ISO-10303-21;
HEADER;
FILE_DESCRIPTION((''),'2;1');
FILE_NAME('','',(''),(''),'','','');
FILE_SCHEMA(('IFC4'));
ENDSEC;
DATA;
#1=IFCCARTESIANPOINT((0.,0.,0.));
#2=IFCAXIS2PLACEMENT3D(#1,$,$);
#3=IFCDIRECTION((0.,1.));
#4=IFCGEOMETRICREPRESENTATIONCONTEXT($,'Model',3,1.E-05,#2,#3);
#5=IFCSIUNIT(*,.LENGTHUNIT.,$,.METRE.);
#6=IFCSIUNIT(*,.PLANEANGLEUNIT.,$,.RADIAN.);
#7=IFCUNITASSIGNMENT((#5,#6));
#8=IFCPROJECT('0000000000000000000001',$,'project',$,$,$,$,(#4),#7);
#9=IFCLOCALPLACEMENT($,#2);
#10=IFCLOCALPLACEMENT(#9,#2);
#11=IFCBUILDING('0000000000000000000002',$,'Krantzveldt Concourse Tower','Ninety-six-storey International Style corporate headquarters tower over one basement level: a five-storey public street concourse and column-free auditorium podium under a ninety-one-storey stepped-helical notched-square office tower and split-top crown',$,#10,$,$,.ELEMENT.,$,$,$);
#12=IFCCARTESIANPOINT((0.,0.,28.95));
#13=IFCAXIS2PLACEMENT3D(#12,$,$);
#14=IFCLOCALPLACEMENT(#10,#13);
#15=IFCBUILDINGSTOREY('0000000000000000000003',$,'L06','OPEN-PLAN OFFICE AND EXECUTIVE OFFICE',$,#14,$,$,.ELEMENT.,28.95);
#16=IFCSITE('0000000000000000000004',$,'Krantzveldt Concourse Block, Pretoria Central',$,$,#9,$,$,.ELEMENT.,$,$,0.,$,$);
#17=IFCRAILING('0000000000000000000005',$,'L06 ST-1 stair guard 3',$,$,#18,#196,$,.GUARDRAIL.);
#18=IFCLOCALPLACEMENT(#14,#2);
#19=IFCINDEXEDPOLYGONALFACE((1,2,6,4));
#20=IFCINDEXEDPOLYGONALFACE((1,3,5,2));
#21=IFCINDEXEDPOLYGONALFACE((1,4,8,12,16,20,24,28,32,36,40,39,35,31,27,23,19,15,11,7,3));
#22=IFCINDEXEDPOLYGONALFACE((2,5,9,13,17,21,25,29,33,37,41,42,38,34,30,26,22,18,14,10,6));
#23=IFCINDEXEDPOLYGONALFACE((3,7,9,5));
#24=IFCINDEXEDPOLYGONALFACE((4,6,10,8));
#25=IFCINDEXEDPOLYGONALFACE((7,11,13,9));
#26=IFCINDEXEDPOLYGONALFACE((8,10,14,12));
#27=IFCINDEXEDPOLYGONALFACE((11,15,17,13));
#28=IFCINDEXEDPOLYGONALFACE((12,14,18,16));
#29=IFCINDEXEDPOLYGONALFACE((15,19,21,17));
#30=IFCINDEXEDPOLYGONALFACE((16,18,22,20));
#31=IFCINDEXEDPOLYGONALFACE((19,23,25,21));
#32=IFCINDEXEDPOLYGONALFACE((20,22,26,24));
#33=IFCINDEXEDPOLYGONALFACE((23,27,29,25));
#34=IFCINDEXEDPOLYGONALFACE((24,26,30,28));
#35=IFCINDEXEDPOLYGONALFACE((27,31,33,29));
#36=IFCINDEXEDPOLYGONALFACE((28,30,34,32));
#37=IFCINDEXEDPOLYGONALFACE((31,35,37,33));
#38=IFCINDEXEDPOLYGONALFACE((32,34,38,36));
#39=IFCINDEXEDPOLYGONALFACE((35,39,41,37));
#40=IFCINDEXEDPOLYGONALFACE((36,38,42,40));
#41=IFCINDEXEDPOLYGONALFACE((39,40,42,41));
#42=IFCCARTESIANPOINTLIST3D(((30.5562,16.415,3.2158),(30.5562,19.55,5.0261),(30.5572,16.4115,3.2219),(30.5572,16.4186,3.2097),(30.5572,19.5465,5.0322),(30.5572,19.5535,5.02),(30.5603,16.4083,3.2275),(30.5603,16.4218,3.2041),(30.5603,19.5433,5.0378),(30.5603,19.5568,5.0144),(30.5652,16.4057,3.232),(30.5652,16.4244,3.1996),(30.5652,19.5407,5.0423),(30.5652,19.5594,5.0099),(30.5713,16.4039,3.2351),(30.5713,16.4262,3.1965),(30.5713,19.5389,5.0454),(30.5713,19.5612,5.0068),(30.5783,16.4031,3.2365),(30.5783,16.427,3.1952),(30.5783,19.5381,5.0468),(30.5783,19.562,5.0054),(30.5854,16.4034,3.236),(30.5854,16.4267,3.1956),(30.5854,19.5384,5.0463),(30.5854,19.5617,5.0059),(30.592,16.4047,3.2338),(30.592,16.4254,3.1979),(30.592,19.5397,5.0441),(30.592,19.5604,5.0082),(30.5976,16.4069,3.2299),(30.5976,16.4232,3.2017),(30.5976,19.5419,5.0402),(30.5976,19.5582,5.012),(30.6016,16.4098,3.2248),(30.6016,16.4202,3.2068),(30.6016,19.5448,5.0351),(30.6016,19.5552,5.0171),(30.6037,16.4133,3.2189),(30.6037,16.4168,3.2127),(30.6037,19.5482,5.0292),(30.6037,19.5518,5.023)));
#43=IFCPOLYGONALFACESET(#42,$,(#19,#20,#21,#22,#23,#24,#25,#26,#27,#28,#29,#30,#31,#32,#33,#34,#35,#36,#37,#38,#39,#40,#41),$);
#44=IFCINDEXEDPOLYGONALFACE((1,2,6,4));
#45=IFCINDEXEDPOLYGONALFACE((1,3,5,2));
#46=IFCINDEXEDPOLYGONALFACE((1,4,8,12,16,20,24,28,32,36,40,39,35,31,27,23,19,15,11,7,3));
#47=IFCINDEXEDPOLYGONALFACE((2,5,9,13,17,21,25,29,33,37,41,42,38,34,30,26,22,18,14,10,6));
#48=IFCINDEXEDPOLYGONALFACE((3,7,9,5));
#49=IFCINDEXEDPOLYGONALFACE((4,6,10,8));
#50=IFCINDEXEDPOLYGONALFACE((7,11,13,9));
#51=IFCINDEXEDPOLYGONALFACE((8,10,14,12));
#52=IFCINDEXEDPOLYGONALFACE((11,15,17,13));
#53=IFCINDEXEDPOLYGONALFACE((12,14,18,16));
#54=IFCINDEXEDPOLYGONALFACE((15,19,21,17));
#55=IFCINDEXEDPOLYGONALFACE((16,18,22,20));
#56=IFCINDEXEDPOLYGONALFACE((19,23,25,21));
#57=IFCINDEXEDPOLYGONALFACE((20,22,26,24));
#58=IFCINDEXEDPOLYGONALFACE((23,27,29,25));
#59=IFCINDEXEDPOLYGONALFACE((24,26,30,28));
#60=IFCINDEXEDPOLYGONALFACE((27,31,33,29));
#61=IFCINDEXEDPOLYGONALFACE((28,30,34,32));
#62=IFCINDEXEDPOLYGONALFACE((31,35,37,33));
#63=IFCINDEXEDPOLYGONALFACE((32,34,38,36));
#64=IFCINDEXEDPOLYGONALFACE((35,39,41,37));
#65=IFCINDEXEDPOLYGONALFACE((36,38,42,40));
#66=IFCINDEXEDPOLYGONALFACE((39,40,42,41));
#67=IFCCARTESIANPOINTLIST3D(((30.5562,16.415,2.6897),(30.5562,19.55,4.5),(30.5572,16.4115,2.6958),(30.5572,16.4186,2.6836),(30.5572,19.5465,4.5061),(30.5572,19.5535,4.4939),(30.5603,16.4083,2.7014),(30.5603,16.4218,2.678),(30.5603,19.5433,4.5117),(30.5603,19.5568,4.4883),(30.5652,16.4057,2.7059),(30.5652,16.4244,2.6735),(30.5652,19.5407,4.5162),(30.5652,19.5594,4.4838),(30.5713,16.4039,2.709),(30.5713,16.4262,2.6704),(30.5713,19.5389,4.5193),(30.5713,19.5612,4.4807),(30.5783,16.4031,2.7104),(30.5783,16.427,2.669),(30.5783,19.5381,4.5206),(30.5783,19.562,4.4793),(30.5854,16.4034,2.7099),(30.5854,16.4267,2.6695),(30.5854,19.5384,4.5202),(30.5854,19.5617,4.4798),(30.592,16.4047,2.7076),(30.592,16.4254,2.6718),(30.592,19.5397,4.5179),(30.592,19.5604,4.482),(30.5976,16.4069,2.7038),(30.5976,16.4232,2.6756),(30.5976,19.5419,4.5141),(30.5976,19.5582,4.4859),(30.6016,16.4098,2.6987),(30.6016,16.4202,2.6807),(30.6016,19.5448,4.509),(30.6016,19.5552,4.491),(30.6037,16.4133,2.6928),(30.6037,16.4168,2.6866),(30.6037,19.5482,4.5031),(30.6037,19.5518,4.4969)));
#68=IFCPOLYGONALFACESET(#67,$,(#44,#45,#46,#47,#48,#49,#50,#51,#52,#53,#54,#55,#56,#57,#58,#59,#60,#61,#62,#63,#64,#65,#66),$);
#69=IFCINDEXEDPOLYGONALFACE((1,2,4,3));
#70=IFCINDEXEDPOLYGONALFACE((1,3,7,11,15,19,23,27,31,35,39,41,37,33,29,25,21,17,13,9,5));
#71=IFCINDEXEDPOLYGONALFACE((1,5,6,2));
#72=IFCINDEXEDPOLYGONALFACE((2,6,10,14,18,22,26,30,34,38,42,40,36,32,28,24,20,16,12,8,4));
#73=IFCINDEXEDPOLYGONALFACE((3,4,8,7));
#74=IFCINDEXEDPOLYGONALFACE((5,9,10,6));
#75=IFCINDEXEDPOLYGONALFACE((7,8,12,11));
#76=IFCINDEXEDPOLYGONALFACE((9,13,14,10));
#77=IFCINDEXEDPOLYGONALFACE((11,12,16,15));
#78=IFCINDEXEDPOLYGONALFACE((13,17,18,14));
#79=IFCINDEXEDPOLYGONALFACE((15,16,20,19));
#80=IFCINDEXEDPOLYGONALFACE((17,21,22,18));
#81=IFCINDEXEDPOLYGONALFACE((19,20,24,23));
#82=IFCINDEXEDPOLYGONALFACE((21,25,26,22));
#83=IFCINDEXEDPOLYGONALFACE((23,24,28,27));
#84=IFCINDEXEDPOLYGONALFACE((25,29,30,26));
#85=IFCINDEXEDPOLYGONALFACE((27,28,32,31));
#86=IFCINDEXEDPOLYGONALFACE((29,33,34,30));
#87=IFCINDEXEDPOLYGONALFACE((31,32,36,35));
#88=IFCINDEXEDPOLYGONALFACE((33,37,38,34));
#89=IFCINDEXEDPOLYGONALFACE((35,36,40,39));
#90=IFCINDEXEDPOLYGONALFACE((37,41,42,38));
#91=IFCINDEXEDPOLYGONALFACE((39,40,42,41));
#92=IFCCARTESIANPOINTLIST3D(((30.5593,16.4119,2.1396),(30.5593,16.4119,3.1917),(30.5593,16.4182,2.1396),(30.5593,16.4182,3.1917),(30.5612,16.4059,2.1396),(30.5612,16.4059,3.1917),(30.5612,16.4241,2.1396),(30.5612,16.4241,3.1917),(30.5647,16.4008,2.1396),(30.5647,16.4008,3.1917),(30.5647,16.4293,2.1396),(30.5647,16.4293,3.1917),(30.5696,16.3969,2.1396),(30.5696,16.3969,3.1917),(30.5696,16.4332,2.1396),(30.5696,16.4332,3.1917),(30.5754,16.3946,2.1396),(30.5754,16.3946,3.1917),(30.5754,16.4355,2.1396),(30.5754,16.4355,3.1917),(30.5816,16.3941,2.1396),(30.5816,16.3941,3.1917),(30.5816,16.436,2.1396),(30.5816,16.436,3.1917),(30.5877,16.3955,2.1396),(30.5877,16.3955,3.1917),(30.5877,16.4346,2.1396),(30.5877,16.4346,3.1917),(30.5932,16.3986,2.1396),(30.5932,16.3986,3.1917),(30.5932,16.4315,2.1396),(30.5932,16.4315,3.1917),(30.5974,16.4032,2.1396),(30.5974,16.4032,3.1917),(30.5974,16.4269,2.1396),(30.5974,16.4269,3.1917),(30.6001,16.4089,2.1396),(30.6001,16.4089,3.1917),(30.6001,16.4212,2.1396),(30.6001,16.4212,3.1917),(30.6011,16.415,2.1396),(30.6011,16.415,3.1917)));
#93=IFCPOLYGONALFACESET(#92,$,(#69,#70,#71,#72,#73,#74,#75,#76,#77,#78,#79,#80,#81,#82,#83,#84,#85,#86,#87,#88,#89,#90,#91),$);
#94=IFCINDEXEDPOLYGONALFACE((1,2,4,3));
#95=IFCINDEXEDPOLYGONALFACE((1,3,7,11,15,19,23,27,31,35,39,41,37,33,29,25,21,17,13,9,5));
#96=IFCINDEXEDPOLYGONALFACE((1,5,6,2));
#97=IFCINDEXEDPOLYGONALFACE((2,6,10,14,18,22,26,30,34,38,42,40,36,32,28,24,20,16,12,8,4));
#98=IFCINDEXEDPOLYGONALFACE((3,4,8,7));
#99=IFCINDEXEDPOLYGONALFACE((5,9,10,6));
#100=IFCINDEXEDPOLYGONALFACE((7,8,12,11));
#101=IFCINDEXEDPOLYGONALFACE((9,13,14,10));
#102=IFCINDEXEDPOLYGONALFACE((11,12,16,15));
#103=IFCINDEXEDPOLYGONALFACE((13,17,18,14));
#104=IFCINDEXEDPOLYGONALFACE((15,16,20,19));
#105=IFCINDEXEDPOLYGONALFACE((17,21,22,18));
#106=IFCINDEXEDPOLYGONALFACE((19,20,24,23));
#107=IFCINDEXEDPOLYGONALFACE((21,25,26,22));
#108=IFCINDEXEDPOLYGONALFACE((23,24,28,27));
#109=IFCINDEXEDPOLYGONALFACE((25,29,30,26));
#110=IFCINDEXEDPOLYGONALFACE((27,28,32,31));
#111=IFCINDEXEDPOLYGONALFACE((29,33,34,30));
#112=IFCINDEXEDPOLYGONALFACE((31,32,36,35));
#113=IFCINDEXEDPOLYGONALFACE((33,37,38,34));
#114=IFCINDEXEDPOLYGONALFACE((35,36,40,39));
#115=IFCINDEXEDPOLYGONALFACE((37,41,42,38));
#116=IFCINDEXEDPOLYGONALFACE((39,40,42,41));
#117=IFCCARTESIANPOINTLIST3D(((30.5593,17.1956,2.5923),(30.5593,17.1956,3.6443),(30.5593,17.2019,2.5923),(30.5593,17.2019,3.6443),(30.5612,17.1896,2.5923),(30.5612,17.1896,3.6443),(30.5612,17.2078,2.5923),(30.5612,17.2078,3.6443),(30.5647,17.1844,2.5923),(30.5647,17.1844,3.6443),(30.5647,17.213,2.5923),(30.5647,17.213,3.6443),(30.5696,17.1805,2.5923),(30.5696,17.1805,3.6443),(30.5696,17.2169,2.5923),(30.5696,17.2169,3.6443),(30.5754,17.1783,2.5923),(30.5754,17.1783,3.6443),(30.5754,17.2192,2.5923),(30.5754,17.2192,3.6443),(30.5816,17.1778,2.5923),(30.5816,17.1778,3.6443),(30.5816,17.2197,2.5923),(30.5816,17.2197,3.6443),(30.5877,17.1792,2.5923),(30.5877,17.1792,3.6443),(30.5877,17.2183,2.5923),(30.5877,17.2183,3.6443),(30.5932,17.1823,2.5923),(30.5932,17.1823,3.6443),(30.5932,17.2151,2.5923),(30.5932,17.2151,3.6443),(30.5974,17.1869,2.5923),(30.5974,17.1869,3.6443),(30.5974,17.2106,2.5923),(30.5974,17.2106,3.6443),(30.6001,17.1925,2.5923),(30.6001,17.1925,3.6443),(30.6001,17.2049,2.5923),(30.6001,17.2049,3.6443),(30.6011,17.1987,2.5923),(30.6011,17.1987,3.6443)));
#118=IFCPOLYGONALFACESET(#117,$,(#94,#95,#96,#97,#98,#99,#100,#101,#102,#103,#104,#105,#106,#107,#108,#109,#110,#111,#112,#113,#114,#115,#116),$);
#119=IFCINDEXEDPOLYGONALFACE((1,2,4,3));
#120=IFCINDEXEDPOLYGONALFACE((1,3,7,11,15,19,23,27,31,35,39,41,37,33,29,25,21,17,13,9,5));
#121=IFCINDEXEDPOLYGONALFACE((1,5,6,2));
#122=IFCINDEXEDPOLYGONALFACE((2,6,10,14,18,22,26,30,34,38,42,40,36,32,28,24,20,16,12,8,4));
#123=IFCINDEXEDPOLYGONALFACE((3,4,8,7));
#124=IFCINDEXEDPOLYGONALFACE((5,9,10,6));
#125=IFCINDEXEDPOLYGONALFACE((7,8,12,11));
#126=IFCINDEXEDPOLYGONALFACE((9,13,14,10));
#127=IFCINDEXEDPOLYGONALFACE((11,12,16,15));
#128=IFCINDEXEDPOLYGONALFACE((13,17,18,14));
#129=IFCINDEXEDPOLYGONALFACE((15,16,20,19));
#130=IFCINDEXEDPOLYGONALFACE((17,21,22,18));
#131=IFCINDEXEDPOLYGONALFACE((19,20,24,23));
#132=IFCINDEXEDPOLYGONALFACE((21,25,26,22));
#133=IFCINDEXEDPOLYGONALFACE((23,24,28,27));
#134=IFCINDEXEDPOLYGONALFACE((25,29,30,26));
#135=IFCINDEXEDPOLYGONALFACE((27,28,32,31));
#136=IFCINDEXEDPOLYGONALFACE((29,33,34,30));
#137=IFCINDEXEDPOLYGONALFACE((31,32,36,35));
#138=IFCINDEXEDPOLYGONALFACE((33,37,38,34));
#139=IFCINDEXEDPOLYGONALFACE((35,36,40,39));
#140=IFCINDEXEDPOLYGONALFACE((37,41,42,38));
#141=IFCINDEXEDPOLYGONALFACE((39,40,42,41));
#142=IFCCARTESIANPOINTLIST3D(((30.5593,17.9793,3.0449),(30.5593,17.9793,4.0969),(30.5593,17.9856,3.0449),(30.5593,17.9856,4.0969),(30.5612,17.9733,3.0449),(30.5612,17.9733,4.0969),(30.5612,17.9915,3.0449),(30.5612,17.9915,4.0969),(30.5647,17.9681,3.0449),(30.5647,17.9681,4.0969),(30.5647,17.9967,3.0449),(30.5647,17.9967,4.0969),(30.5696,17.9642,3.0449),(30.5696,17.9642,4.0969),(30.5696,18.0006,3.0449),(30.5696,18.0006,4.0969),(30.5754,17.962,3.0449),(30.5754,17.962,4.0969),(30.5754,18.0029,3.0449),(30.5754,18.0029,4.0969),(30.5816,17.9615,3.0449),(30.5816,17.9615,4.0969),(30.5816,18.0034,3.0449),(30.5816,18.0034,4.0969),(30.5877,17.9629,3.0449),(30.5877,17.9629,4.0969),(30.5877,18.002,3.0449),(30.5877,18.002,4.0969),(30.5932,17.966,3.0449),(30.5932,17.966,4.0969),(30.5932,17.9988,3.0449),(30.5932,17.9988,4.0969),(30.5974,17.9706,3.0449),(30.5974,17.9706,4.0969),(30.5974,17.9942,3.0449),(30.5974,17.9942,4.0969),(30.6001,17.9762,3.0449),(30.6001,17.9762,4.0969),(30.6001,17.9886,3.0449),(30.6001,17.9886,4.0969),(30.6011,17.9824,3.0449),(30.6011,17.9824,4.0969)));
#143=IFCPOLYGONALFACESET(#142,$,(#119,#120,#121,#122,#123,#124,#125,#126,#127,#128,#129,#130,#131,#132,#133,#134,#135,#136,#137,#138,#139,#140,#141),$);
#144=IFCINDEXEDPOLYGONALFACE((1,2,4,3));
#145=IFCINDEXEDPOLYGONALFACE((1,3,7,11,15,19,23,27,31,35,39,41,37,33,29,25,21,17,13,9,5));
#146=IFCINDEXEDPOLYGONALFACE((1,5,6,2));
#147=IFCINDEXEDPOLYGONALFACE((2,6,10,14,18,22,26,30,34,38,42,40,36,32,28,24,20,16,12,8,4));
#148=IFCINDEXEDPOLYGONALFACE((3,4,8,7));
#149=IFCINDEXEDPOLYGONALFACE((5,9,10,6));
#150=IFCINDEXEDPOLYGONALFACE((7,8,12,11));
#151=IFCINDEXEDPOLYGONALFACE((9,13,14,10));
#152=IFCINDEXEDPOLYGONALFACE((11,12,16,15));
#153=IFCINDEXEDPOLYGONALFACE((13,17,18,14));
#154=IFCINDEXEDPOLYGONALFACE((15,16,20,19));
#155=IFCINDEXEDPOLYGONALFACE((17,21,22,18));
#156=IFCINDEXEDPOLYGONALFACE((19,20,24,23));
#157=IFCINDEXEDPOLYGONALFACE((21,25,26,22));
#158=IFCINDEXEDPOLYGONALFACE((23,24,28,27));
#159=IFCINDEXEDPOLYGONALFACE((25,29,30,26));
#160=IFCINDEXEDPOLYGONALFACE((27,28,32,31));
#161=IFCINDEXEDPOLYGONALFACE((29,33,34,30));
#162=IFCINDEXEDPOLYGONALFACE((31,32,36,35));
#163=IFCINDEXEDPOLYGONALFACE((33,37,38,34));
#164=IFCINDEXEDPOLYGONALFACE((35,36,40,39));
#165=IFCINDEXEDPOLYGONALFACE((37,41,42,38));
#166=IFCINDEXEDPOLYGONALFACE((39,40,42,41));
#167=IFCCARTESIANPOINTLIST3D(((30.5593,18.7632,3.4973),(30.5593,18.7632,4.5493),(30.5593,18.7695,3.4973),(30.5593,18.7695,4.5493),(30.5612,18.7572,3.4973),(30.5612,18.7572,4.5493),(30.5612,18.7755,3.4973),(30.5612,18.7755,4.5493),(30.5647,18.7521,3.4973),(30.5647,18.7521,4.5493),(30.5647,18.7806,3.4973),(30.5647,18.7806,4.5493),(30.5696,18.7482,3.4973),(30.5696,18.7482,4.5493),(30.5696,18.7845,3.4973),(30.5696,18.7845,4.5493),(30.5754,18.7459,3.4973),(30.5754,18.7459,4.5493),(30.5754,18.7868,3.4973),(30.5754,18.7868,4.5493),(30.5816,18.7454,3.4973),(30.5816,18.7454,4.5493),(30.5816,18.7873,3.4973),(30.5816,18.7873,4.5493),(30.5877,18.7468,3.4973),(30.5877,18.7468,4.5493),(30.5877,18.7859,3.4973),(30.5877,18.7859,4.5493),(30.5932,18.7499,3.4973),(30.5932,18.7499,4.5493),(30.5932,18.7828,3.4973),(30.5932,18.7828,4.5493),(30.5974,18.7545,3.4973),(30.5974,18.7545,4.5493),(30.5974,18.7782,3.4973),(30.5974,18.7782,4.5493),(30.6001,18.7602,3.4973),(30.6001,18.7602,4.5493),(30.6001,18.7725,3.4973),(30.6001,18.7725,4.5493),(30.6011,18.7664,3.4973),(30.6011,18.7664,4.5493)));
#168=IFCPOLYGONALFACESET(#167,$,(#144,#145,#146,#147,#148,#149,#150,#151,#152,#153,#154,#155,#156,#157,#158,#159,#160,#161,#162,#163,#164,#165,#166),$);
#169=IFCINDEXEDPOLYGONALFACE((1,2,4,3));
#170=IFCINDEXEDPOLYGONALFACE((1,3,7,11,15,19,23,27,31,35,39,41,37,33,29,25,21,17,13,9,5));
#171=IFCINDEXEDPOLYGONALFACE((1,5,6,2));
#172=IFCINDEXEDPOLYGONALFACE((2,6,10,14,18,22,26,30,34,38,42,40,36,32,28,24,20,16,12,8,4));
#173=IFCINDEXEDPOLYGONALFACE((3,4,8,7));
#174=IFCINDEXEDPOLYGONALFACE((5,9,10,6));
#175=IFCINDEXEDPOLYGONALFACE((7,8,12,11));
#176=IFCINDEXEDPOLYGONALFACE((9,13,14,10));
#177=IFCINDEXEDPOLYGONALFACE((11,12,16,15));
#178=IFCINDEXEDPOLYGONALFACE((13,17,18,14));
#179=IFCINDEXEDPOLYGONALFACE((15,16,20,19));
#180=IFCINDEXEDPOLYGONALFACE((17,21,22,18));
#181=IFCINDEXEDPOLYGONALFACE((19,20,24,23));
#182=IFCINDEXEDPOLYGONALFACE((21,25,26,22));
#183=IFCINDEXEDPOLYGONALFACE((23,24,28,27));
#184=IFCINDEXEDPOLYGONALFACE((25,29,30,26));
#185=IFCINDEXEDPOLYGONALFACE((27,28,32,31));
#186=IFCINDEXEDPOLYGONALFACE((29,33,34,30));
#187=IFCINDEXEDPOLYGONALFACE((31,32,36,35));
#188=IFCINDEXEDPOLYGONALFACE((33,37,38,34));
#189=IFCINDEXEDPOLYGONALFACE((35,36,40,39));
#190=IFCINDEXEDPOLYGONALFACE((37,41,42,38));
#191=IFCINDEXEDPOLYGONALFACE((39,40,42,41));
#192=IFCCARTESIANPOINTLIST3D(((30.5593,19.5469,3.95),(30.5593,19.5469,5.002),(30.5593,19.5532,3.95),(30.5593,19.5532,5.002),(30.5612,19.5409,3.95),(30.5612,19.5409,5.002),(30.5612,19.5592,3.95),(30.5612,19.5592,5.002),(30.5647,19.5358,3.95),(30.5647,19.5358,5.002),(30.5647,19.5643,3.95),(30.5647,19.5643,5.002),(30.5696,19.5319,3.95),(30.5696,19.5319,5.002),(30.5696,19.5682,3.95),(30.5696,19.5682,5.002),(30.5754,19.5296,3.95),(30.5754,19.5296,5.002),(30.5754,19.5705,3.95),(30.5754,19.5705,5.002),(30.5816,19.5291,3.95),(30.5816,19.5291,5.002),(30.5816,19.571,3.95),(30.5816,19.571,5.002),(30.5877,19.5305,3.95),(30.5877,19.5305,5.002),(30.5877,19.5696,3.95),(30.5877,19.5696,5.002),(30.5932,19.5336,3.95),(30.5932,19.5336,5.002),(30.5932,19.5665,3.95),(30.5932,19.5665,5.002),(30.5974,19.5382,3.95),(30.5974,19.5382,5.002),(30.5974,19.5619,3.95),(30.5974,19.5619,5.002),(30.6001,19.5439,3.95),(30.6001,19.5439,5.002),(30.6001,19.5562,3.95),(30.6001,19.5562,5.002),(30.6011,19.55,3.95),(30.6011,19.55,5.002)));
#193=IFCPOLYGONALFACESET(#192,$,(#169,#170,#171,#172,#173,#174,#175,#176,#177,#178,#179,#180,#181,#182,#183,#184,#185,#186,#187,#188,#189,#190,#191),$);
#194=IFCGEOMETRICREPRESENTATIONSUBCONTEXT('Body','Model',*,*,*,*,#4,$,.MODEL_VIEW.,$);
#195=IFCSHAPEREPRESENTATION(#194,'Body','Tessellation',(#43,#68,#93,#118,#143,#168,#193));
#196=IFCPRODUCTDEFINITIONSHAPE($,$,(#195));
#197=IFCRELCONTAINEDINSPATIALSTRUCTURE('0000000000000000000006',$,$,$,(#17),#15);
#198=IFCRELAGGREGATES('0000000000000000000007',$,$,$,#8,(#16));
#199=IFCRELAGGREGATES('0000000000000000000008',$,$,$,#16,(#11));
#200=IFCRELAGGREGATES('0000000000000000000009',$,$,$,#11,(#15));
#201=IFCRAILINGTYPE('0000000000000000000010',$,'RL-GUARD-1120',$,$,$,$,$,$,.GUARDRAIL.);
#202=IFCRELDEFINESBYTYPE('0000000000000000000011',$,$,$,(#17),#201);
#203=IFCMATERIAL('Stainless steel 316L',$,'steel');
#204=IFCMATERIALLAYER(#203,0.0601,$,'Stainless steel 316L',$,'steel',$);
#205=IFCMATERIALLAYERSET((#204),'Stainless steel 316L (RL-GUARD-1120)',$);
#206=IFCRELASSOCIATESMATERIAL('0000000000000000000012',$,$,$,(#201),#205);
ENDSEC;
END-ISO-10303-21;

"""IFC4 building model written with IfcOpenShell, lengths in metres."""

from ifc_helpers import new_model, si_unit, direction, frame, origin, origin_2d, place, context, subcontext, project, spatial, circle, extrude, material, layer, layer_set, type_object, element, save


model = new_model("IFC4")

# Units and contexts
model_context = context("Model", 3, precision=1e-05, world=origin(), true_north=direction((0.0, 1.0)))
body_context = subcontext(model_context, "Body", "Model", "MODEL_VIEW")
ifc_project = project(units=[si_unit("LENGTHUNIT", "METRE"), si_unit("PLANEANGLEUNIT", "RADIAN")], contexts=[model_context])

# Site, building, storey
site_placement = place(None, origin())
site = spatial("IfcSite", under=ifc_project, at=site_placement, Name="Krantzveldt Concourse Block, Pretoria Central", CompositionType="ELEMENT", RefElevation=0.0)
building_placement = place(site_placement, origin())
building = spatial("IfcBuilding", under=site, at=building_placement, Name="Krantzveldt Concourse Tower", Description="Ninety-six-storey International Style corporate headquarters tower over one basement level: a five-storey public street concourse and column-free auditorium podium under a ninety-one-storey stepped-helical notched-square office tower and split-top crown", CompositionType="ELEMENT")
storey_placement = place(building_placement, frame((0.0, 0.0, 28.95)))
storey = spatial("IfcBuildingStorey", under=building, at=storey_placement, Name="L06", Description="OPEN-PLAN OFFICE AND EXECUTIVE OFFICE", CompositionType="ELEMENT", Elevation=28.95)

# Railing
ifc_material_1 = material(Name="Stainless steel 316L", Category="steel")
ifc_layer_1 = layer(ifc_material_1, 0.0601, Name="Stainless steel 316L", Category="steel")
ifc_layer_set_1 = layer_set([ifc_layer_1], Name="Stainless steel 316L (RL-GUARD-1120)")
railing_type_1 = type_object("IfcRailingType", Name="RL-GUARD-1120", PredefinedType="GUARDRAIL", material=ifc_layer_set_1)
railing_1_placement = place(storey_placement, frame((30.5801, 16.415, 2.1396)))
element("IfcRailing", 1, at=railing_1_placement, inside=storey, type_object=railing_type_1, Name="L06 ST-1 stair guard 3", PredefinedType="GUARDRAIL", context=body_context, shape_type="SweptSolid", body=[
    extrude(circle(Radius=0.0239, at=origin_2d()), frame((0.0, 0.0, 1.0762), z_axis=(0.0, 0.865989, 0.500063), x_axis=(-1.0, 0.0, 0.0)), (0.0, 0.0, 1.0), 3.6201),
    extrude(circle(Radius=0.0239, at=origin_2d()), frame((0.0, 0.0, 0.55), z_axis=(0.0, 0.865989, 0.500063), x_axis=(-1.0, 0.0, 0.0)), (0.0, 0.0, 1.0), 3.6201),
    extrude(circle(Radius=0.021, at=origin_2d()), origin(), (0.0, 0.0, 1.0), 1.052),
    extrude(circle(Radius=0.021, at=origin_2d()), frame((0.0, 0.7837, 0.4526)), (0.0, 0.0, 1.0), 1.052),
    extrude(circle(Radius=0.021, at=origin_2d()), frame((0.0, 1.5674, 0.9053)), (0.0, 0.0, 1.0), 1.052),
    extrude(circle(Radius=0.021, at=origin_2d()), frame((0.0, 2.3513, 1.3577)), (0.0, 0.0, 1.0), 1.052),
    extrude(circle(Radius=0.021, at=origin_2d()), frame((0.0, 3.135, 1.8103)), (0.0, 0.0, 1.0), 1.052),
])

save(model, "model.ifc")
